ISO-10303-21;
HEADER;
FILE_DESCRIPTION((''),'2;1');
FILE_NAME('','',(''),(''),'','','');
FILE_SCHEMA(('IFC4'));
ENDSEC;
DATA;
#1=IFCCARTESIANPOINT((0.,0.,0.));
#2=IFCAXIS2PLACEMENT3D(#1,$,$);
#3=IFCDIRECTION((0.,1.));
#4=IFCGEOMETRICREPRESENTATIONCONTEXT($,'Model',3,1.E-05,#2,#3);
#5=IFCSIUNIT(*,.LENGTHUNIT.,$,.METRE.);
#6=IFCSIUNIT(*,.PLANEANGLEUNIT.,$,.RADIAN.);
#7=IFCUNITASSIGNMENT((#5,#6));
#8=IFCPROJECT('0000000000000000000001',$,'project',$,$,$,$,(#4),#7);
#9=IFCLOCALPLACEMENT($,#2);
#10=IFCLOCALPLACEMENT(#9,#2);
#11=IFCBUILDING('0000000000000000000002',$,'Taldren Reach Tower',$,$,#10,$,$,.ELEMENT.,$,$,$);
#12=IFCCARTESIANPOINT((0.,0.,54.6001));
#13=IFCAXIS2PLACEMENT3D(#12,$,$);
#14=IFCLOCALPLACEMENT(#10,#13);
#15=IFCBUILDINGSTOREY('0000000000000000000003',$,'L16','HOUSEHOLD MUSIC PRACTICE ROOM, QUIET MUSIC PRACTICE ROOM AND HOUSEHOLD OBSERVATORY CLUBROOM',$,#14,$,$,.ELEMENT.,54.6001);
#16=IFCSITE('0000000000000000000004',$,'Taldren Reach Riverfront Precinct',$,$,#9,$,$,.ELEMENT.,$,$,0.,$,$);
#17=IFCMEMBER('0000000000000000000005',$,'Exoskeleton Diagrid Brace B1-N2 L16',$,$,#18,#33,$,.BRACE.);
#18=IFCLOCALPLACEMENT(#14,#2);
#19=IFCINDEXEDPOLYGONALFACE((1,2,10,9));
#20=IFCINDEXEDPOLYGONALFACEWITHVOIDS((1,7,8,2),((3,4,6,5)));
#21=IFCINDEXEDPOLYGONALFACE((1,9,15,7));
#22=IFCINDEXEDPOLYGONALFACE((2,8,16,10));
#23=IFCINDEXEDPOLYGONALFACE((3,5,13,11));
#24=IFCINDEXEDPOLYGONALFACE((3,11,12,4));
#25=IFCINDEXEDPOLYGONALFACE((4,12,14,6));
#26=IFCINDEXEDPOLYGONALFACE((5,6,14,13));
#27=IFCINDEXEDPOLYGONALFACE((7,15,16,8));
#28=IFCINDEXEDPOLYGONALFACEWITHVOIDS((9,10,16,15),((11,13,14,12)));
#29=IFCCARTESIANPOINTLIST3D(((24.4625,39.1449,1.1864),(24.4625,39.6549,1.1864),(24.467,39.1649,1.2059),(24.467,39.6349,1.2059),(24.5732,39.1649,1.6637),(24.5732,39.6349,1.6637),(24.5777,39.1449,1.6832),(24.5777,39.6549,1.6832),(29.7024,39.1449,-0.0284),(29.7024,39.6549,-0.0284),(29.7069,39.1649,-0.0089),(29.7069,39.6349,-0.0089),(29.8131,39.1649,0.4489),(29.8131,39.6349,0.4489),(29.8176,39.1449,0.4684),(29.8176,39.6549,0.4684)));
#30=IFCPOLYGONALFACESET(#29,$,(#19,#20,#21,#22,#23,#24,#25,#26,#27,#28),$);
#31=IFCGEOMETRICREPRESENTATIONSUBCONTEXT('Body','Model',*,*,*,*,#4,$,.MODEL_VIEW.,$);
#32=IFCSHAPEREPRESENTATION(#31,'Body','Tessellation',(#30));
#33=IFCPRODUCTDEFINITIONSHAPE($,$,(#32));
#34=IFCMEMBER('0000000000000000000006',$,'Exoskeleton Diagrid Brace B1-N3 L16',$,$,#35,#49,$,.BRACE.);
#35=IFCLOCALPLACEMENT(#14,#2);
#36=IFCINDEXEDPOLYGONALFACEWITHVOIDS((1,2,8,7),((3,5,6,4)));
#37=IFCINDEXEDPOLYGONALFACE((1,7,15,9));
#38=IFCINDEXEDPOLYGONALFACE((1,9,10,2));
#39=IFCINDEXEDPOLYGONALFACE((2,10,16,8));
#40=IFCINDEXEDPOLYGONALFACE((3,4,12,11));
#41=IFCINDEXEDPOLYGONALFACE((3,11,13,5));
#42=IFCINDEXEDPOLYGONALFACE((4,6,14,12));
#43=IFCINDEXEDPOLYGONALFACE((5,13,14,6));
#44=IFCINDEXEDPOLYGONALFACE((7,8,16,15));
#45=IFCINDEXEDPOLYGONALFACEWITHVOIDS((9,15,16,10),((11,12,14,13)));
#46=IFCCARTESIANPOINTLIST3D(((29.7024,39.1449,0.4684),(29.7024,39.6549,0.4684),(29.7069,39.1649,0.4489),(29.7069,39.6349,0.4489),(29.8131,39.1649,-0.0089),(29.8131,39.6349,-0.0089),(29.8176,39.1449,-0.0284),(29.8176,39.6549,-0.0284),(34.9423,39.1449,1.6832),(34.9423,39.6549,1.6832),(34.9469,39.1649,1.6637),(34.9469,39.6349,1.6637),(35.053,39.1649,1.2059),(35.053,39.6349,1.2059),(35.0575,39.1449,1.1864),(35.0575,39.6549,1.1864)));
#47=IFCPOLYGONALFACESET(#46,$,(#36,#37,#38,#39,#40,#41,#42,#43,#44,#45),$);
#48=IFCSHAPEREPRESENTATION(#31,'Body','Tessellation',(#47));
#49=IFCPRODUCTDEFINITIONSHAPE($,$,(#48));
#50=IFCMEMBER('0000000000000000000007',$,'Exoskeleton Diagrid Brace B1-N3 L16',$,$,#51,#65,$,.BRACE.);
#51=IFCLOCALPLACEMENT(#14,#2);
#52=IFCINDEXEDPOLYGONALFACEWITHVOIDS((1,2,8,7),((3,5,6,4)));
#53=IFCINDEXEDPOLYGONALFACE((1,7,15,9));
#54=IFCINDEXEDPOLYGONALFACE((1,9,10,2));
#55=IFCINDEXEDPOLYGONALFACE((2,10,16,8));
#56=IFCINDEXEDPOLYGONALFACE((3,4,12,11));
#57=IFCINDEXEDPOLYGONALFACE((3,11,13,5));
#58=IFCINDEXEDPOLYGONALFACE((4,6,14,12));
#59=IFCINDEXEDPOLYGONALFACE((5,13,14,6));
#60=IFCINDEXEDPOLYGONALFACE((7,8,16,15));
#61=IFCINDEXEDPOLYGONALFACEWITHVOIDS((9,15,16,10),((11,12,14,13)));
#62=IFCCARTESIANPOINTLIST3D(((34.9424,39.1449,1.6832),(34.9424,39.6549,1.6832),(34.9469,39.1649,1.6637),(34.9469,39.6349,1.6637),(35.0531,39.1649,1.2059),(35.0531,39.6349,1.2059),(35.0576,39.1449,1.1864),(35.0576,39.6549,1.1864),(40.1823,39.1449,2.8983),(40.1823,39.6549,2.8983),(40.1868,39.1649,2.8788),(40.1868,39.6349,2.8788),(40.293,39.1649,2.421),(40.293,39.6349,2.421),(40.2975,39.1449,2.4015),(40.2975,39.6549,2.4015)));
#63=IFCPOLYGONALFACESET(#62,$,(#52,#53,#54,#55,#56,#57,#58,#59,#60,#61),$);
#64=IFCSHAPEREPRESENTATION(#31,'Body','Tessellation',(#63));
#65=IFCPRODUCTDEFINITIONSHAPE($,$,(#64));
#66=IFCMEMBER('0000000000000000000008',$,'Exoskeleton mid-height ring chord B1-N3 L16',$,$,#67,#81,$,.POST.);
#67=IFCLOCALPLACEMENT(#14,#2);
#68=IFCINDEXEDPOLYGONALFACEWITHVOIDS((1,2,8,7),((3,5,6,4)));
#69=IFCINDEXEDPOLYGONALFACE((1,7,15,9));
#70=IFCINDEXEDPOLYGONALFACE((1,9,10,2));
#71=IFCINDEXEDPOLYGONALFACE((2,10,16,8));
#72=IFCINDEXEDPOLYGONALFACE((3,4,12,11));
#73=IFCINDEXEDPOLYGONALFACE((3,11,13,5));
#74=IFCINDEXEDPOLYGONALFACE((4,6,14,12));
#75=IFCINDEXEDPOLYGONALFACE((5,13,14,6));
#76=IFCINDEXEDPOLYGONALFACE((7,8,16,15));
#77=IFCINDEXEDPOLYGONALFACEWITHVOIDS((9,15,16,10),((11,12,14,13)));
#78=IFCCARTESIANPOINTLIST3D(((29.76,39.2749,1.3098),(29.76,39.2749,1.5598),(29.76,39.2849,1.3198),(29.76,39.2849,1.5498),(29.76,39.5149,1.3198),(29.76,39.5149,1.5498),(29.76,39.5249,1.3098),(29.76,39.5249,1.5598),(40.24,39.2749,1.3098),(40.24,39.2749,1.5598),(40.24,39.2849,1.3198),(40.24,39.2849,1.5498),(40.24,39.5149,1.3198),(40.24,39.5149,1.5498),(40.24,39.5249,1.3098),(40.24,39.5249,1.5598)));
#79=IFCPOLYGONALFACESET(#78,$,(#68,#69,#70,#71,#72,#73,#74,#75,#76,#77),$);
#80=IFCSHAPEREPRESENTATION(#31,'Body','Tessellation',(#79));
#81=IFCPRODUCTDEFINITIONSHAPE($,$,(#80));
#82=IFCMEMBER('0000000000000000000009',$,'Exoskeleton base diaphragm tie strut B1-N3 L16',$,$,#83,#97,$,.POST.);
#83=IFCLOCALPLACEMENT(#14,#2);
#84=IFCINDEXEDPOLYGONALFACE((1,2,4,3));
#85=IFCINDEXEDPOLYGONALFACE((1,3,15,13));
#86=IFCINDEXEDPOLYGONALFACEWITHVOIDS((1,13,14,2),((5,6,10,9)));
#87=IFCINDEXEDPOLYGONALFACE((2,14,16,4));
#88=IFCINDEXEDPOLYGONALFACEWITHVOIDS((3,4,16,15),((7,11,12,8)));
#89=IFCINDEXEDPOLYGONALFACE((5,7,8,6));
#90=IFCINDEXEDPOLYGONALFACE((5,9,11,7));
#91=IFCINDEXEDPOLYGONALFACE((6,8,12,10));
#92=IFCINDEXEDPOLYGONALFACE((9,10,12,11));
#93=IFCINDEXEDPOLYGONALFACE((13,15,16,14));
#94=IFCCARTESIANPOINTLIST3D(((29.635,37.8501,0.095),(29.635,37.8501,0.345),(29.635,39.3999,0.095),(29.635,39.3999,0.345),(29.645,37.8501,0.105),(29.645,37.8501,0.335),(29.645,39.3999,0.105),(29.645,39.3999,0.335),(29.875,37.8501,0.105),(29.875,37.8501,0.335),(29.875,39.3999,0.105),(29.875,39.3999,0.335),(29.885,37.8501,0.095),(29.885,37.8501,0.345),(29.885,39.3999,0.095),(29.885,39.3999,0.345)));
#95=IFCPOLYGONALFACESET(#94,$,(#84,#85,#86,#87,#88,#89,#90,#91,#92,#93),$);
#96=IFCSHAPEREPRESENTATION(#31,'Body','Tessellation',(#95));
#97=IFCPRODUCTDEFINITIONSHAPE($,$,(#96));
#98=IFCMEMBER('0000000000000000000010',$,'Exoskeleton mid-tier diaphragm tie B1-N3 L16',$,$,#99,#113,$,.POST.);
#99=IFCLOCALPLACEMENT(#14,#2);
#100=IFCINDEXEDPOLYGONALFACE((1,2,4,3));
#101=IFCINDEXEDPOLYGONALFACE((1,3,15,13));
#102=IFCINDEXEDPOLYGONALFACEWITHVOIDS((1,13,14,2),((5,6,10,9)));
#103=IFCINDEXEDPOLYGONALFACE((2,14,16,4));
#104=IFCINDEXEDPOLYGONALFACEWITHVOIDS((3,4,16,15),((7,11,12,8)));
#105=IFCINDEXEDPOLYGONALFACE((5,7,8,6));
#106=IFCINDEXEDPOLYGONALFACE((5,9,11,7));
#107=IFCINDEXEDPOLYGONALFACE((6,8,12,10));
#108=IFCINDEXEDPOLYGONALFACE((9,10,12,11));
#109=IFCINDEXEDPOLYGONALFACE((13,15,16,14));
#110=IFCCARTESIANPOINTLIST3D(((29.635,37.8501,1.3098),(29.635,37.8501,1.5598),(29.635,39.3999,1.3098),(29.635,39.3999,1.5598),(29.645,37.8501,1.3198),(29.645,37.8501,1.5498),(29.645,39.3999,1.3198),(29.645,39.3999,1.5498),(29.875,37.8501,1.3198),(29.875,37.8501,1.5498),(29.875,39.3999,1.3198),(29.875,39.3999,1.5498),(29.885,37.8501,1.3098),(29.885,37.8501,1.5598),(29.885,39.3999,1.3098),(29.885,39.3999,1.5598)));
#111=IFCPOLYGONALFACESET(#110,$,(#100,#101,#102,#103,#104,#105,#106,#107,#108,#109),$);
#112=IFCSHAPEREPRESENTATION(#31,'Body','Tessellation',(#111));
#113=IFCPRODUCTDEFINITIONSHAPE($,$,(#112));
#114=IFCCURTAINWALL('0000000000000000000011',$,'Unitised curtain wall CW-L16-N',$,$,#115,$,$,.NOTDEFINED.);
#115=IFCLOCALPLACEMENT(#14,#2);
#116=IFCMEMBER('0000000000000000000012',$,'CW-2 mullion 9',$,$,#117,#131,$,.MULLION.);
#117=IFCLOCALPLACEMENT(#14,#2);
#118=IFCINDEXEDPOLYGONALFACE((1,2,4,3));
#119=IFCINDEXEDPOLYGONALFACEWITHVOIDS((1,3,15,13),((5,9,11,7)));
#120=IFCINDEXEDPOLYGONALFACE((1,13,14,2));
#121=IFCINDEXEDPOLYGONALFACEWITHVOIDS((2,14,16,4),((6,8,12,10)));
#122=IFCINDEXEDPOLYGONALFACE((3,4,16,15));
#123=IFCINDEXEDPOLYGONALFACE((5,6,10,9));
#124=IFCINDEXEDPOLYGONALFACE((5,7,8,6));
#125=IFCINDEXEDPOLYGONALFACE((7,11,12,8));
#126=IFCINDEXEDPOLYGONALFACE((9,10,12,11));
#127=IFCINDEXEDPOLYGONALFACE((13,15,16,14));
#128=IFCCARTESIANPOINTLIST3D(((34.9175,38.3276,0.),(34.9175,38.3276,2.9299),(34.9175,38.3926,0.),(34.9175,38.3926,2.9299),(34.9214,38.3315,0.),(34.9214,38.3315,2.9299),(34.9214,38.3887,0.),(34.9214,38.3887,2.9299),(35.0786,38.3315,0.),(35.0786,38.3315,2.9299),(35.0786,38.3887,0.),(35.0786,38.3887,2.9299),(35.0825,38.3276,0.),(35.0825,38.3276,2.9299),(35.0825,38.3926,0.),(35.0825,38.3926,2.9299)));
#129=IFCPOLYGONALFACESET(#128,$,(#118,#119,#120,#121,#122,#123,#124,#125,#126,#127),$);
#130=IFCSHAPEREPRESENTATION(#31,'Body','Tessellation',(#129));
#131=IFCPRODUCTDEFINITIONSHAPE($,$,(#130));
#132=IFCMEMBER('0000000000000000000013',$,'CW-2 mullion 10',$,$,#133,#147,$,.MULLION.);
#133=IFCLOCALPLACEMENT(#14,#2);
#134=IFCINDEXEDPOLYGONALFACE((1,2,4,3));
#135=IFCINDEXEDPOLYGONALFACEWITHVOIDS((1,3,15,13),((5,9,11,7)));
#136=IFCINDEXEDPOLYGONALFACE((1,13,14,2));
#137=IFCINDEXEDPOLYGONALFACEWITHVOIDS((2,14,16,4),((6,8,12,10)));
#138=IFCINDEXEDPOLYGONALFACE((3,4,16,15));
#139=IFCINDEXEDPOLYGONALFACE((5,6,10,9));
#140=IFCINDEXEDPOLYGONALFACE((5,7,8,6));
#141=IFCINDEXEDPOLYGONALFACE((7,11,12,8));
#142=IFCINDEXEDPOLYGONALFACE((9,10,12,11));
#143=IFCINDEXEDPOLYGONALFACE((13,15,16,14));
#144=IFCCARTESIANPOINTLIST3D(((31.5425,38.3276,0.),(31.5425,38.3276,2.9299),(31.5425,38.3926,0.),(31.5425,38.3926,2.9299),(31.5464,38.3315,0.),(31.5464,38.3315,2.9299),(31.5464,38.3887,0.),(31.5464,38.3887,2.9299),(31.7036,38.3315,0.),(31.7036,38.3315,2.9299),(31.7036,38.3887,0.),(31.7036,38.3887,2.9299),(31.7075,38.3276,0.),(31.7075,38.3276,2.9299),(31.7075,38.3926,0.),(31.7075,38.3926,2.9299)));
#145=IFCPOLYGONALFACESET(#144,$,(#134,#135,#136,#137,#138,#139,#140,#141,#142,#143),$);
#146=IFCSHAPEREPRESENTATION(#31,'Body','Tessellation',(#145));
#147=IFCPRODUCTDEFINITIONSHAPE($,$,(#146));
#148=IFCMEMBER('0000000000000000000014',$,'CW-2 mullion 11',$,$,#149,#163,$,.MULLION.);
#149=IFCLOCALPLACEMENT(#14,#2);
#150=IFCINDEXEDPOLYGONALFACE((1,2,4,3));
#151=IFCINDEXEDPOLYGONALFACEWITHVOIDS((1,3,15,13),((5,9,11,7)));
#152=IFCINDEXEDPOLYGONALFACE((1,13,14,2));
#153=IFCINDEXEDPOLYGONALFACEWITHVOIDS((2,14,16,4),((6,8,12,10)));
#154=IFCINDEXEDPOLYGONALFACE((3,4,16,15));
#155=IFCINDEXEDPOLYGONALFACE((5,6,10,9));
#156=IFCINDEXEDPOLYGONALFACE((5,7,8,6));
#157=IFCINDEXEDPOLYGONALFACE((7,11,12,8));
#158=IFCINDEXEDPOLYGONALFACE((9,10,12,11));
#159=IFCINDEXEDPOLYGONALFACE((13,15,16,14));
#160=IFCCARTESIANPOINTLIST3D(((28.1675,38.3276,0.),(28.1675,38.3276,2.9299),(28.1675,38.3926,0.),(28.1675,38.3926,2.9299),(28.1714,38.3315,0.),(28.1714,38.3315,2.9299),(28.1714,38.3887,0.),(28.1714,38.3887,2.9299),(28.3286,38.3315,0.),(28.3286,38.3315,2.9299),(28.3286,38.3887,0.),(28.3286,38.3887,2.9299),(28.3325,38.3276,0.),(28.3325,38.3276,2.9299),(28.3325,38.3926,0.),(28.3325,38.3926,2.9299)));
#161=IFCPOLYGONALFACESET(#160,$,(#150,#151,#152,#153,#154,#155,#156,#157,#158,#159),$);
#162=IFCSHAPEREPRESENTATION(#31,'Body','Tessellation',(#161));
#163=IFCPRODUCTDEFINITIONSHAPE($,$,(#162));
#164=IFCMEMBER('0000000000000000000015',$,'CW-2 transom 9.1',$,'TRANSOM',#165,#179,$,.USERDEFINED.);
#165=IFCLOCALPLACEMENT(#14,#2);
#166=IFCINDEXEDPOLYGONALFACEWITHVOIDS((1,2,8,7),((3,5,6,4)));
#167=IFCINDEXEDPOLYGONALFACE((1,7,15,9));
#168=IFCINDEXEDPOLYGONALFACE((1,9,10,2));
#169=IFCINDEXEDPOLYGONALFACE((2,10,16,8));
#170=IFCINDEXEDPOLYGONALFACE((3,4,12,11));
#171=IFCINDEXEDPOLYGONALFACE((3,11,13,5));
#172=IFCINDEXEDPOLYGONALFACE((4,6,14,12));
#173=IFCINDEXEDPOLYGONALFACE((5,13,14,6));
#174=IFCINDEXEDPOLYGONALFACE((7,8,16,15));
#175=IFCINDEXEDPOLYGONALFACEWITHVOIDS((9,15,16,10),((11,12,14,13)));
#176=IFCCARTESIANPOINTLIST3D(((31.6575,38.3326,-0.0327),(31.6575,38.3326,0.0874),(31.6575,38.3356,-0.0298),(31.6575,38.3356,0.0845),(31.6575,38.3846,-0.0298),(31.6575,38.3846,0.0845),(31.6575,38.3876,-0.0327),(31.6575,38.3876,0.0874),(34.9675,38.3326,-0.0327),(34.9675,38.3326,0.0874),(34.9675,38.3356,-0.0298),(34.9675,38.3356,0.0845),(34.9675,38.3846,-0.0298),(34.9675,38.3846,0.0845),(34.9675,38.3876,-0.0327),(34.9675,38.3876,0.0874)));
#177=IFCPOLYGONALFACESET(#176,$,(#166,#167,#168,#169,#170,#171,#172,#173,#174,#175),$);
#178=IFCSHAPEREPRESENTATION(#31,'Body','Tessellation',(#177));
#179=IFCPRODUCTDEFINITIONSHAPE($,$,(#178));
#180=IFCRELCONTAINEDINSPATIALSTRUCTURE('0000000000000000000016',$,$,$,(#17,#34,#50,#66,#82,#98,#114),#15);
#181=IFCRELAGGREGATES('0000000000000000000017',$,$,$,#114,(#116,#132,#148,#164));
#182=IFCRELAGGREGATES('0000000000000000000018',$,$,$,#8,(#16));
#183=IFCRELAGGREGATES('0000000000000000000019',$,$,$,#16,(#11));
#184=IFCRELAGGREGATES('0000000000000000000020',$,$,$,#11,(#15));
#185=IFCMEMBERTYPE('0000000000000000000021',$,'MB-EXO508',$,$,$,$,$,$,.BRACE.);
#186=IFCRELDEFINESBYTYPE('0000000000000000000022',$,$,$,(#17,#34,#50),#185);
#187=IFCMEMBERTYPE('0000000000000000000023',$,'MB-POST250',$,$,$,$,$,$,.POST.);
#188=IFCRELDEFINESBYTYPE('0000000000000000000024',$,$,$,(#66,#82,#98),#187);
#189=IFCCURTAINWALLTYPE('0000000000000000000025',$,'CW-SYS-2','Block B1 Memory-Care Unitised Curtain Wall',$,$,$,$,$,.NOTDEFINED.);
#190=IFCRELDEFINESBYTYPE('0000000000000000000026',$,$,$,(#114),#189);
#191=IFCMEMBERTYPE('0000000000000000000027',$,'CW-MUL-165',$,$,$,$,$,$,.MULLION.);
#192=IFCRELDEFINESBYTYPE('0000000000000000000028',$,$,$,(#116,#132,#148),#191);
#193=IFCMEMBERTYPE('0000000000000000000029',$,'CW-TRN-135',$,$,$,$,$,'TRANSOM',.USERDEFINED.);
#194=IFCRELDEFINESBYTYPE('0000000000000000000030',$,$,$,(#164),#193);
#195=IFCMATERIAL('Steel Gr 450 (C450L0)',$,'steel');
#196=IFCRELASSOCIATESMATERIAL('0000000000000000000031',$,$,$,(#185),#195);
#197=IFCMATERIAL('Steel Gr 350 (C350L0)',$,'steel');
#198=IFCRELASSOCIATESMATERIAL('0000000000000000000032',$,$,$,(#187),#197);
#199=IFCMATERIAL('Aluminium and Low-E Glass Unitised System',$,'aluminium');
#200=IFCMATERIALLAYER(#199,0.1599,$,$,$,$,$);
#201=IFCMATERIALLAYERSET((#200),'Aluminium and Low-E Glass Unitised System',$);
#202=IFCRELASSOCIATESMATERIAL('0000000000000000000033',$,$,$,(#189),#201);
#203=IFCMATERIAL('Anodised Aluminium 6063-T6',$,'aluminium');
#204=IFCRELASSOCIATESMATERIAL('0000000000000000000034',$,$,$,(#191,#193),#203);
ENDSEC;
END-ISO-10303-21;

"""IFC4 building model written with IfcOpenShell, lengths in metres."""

from ifc_helpers import new_model, si_unit, direction, frame, origin, origin_2d, place, context, subcontext, project, spatial, hollow_rectangle, extrude, source, transform, mapped, material, layer, layer_set, material_profile, profile_set, type_object, element, aggregate, save


model = new_model("IFC4")

# Units and contexts
model_context = context("Model", 3, precision=1e-05, world=origin(), true_north=direction((0.0, 1.0)))
body_context = subcontext(model_context, "Body", "Model", "MODEL_VIEW")
ifc_project = project(units=[si_unit("LENGTHUNIT", "METRE"), si_unit("PLANEANGLEUNIT", "RADIAN")], contexts=[model_context])

# Site, building, storey
site_placement = place(None, origin())
site = spatial("IfcSite", under=ifc_project, at=site_placement, Name="Taldren Reach Riverfront Precinct", CompositionType="ELEMENT", RefElevation=0.0)
building_placement = place(site_placement, origin())
building = spatial("IfcBuilding", under=site, at=building_placement, Name="Taldren Reach Tower", CompositionType="ELEMENT")
storey_placement = place(building_placement, frame((0.0, 0.0, 54.6001)))
storey = spatial("IfcBuildingStorey", under=building, at=storey_placement, Name="L16", Description="HOUSEHOLD MUSIC PRACTICE ROOM, QUIET MUSIC PRACTICE ROOM AND HOUSEHOLD OBSERVATORY CLUBROOM", CompositionType="ELEMENT", Elevation=54.6001)

# Members
ifc_material_1 = material(Name="Steel Gr 450 (C450L0)", Category="steel")
ifc_material_profile_1 = material_profile(ifc_material_1, hollow_rectangle(XDim=0.51, YDim=0.51, WallThickness=0.02, at=origin_2d()), Name="510x510x20.0SHS")
ifc_profile_set_1 = profile_set([ifc_material_profile_1], Name="Steel Gr 450 (C450L0)")
member_type_1 = type_object("IfcMemberType", Name="MB-EXO508", PredefinedType="BRACE", material=ifc_profile_set_1)
shared_shape_1 = source(origin(), body_context, "Body", "SweptSolid", [
    extrude(hollow_rectangle(XDim=0.51, YDim=0.51, WallThickness=0.02, at=origin_2d()), origin(), (0.0, 0.0, 1.0), 5.3789),
])
for number, where, z_axis, x_axis, name in (
    (1, (29.76, 39.3999, 0.22), (-0.974162, 0.0, 0.225851), (0.0, -1.0, 0.0), "Exoskeleton Diagrid Brace B1-N2 L16"),
    (2, (29.76, 39.3999, 0.22), (0.974162, 0.0, 0.225851), (0.0, 1.0, 0.0), "Exoskeleton Diagrid Brace B1-N3 L16"),
    (3, (35.0, 39.3999, 1.4348), (0.974152, 0.0, 0.225894), (0.0, 1.0, 0.0), "Exoskeleton Diagrid Brace B1-N3 L16"),
):
    element("IfcMember", number, at=place(storey_placement, frame(where, z_axis=z_axis, x_axis=x_axis)), inside=storey, type_object=member_type_1, Name=name, PredefinedType="BRACE", context=body_context, shape_type="MappedRepresentation", body=[
        mapped(shared_shape_1, transform((0.0, 0.0, 0.0), scale=1.0)),
    ])
ifc_material_2 = material(Name="Steel Gr 350 (C350L0)", Category="steel")
ifc_material_profile_2 = material_profile(ifc_material_2, hollow_rectangle(XDim=0.25, YDim=0.25, WallThickness=0.01, at=origin_2d()), Name="250x250x10.0SHS")
ifc_profile_set_2 = profile_set([ifc_material_profile_2], Name="Steel Gr 350 (C350L0)")
member_type_2 = type_object("IfcMemberType", Name="MB-POST250", PredefinedType="POST", material=ifc_profile_set_2)
shared_shape_2 = source(origin(), body_context, "Body", "SweptSolid", [
    extrude(hollow_rectangle(XDim=0.25, YDim=0.25, WallThickness=0.01, at=origin_2d()), origin(), (0.0, 0.0, 1.0), 10.48),
])
member_1_placement = place(storey_placement, frame((29.76, 39.3999, 1.4348), z_axis=(1.0, 0.0, 0.0), x_axis=(0.0, 1.0, 0.0)))
element("IfcMember", 4, at=member_1_placement, inside=storey, type_object=member_type_2, Name="Exoskeleton mid-height ring chord B1-N3 L16", PredefinedType="POST", context=body_context, shape_type="MappedRepresentation", body=[
    mapped(shared_shape_2, transform((0.0, 0.0, 0.0), scale=1.0)),
])
shared_shape_3 = source(origin(), body_context, "Body", "SweptSolid", [
    extrude(hollow_rectangle(XDim=0.25, YDim=0.25, WallThickness=0.01, at=origin_2d()), origin(), (0.0, 0.0, 1.0), 1.5498),
])
for number, where, z_axis, x_axis, name in (
    (5, (29.76, 37.8501, 0.22), (0.0, 1.0, 0.0), (-1.0, 0.0, 0.0), "Exoskeleton base diaphragm tie strut B1-N3 L16"),
    (6, (29.76, 37.8501, 1.4348), (0.0, 1.0, 0.0), (-1.0, 0.0, 0.0), "Exoskeleton mid-tier diaphragm tie B1-N3 L16"),
):
    element("IfcMember", number, at=place(storey_placement, frame(where, z_axis=z_axis, x_axis=x_axis)), inside=storey, type_object=member_type_2, Name=name, PredefinedType="POST", context=body_context, shape_type="MappedRepresentation", body=[
        mapped(shared_shape_3, transform((0.0, 0.0, 0.0), scale=1.0)),
    ])

# Curtain wall, members
ifc_material_3 = material(Name="Aluminium and Low-E Glass Unitised System", Category="aluminium")
ifc_layer_1 = layer(ifc_material_3, 0.1599)
ifc_layer_set_1 = layer_set([ifc_layer_1], Name="Aluminium and Low-E Glass Unitised System")
curtain_wall_type = type_object("IfcCurtainWallType", Name="CW-SYS-2", Description="Block B1 Memory-Care Unitised Curtain Wall", PredefinedType="NOTDEFINED", material=ifc_layer_set_1)
curtain_wall_placement = place(storey_placement, origin())
curtain_wall = element("IfcCurtainWall", 7, at=curtain_wall_placement, inside=storey, type_object=curtain_wall_type, Name="Unitised curtain wall CW-L16-N", PredefinedType="NOTDEFINED")
ifc_material_4 = material(Name="Anodised Aluminium 6063-T6", Category="aluminium")
ifc_material_profile_3 = material_profile(ifc_material_4, hollow_rectangle(XDim=0.0649, YDim=0.165, WallThickness=0.0039, at=origin_2d()), Name="ALU-165x65x4RHS")
ifc_profile_set_3 = profile_set([ifc_material_profile_3], Name="Anodised Aluminium 6063-T6")
member_type_3 = type_object("IfcMemberType", Name="CW-MUL-165", PredefinedType="MULLION", material=ifc_profile_set_3)
shared_shape_4 = source(origin(), body_context, "Body", "SweptSolid", [
    extrude(hollow_rectangle(XDim=0.0649, YDim=0.165, WallThickness=0.0039, at=origin_2d()), origin(), (0.0, 0.0, 1.0), 2.9299),
])
member_2_placement = place(storey_placement, frame((35.0, 38.3601, 0.0), z_axis=(0.0, 0.0, 1.0), x_axis=(0.0, -1.0, 0.0)))
member_2 = element("IfcMember", 8, at=member_2_placement, type_object=member_type_3, Name="CW-2 mullion 9", PredefinedType="MULLION", context=body_context, shape_type="MappedRepresentation", body=[
    mapped(shared_shape_4, transform((0.0, 0.0, 0.0), scale=1.0)),
])
member_3_placement = place(storey_placement, frame((31.625, 38.3601, 0.0), z_axis=(0.0, 0.0, 1.0), x_axis=(0.0, -1.0, 0.0)))
member_3 = element("IfcMember", 9, at=member_3_placement, type_object=member_type_3, Name="CW-2 mullion 10", PredefinedType="MULLION", context=body_context, shape_type="MappedRepresentation", body=[
    mapped(shared_shape_4, transform((0.0, 0.0, 0.0), scale=1.0)),
])
member_4_placement = place(storey_placement, frame((28.25, 38.3601, 0.0), z_axis=(0.0, 0.0, 1.0), x_axis=(0.0, -1.0, 0.0)))
member_4 = element("IfcMember", 10, at=member_4_placement, type_object=member_type_3, Name="CW-2 mullion 11", PredefinedType="MULLION", context=body_context, shape_type="MappedRepresentation", body=[
    mapped(shared_shape_4, transform((0.0, 0.0, 0.0), scale=1.0)),
])
ifc_material_profile_4 = material_profile(ifc_material_4, hollow_rectangle(XDim=0.0549, YDim=0.1201, WallThickness=0.0029, at=origin_2d()), Name="ALU-120x55x3RHS")
ifc_profile_set_4 = profile_set([ifc_material_profile_4], Name="Anodised Aluminium 6063-T6")
member_type_4 = type_object("IfcMemberType", Name="CW-TRN-135", ElementType="TRANSOM", PredefinedType="USERDEFINED", material=ifc_profile_set_4)
shared_shape_5 = source(origin(), body_context, "Body", "SweptSolid", [
    extrude(hollow_rectangle(XDim=0.0549, YDim=0.1201, WallThickness=0.0029, at=origin_2d()), origin(), (0.0, 0.0, 1.0), 3.3101),
])
member_5_placement = place(storey_placement, frame((34.9675, 38.3601, 0.0273), z_axis=(-1.0, 0.0, 0.0), x_axis=(0.0, -1.0, 0.0)))
member_5 = element("IfcMember", 11, at=member_5_placement, type_object=member_type_4, Name="CW-2 transom 9.1", ObjectType="TRANSOM", PredefinedType="USERDEFINED", context=body_context, shape_type="MappedRepresentation", body=[
    mapped(shared_shape_5, transform((0.0, 0.0, 0.0), scale=1.0)),
])

aggregate(curtain_wall, [member_2, member_3, member_4, member_5])

save(model, "model.ifc")
